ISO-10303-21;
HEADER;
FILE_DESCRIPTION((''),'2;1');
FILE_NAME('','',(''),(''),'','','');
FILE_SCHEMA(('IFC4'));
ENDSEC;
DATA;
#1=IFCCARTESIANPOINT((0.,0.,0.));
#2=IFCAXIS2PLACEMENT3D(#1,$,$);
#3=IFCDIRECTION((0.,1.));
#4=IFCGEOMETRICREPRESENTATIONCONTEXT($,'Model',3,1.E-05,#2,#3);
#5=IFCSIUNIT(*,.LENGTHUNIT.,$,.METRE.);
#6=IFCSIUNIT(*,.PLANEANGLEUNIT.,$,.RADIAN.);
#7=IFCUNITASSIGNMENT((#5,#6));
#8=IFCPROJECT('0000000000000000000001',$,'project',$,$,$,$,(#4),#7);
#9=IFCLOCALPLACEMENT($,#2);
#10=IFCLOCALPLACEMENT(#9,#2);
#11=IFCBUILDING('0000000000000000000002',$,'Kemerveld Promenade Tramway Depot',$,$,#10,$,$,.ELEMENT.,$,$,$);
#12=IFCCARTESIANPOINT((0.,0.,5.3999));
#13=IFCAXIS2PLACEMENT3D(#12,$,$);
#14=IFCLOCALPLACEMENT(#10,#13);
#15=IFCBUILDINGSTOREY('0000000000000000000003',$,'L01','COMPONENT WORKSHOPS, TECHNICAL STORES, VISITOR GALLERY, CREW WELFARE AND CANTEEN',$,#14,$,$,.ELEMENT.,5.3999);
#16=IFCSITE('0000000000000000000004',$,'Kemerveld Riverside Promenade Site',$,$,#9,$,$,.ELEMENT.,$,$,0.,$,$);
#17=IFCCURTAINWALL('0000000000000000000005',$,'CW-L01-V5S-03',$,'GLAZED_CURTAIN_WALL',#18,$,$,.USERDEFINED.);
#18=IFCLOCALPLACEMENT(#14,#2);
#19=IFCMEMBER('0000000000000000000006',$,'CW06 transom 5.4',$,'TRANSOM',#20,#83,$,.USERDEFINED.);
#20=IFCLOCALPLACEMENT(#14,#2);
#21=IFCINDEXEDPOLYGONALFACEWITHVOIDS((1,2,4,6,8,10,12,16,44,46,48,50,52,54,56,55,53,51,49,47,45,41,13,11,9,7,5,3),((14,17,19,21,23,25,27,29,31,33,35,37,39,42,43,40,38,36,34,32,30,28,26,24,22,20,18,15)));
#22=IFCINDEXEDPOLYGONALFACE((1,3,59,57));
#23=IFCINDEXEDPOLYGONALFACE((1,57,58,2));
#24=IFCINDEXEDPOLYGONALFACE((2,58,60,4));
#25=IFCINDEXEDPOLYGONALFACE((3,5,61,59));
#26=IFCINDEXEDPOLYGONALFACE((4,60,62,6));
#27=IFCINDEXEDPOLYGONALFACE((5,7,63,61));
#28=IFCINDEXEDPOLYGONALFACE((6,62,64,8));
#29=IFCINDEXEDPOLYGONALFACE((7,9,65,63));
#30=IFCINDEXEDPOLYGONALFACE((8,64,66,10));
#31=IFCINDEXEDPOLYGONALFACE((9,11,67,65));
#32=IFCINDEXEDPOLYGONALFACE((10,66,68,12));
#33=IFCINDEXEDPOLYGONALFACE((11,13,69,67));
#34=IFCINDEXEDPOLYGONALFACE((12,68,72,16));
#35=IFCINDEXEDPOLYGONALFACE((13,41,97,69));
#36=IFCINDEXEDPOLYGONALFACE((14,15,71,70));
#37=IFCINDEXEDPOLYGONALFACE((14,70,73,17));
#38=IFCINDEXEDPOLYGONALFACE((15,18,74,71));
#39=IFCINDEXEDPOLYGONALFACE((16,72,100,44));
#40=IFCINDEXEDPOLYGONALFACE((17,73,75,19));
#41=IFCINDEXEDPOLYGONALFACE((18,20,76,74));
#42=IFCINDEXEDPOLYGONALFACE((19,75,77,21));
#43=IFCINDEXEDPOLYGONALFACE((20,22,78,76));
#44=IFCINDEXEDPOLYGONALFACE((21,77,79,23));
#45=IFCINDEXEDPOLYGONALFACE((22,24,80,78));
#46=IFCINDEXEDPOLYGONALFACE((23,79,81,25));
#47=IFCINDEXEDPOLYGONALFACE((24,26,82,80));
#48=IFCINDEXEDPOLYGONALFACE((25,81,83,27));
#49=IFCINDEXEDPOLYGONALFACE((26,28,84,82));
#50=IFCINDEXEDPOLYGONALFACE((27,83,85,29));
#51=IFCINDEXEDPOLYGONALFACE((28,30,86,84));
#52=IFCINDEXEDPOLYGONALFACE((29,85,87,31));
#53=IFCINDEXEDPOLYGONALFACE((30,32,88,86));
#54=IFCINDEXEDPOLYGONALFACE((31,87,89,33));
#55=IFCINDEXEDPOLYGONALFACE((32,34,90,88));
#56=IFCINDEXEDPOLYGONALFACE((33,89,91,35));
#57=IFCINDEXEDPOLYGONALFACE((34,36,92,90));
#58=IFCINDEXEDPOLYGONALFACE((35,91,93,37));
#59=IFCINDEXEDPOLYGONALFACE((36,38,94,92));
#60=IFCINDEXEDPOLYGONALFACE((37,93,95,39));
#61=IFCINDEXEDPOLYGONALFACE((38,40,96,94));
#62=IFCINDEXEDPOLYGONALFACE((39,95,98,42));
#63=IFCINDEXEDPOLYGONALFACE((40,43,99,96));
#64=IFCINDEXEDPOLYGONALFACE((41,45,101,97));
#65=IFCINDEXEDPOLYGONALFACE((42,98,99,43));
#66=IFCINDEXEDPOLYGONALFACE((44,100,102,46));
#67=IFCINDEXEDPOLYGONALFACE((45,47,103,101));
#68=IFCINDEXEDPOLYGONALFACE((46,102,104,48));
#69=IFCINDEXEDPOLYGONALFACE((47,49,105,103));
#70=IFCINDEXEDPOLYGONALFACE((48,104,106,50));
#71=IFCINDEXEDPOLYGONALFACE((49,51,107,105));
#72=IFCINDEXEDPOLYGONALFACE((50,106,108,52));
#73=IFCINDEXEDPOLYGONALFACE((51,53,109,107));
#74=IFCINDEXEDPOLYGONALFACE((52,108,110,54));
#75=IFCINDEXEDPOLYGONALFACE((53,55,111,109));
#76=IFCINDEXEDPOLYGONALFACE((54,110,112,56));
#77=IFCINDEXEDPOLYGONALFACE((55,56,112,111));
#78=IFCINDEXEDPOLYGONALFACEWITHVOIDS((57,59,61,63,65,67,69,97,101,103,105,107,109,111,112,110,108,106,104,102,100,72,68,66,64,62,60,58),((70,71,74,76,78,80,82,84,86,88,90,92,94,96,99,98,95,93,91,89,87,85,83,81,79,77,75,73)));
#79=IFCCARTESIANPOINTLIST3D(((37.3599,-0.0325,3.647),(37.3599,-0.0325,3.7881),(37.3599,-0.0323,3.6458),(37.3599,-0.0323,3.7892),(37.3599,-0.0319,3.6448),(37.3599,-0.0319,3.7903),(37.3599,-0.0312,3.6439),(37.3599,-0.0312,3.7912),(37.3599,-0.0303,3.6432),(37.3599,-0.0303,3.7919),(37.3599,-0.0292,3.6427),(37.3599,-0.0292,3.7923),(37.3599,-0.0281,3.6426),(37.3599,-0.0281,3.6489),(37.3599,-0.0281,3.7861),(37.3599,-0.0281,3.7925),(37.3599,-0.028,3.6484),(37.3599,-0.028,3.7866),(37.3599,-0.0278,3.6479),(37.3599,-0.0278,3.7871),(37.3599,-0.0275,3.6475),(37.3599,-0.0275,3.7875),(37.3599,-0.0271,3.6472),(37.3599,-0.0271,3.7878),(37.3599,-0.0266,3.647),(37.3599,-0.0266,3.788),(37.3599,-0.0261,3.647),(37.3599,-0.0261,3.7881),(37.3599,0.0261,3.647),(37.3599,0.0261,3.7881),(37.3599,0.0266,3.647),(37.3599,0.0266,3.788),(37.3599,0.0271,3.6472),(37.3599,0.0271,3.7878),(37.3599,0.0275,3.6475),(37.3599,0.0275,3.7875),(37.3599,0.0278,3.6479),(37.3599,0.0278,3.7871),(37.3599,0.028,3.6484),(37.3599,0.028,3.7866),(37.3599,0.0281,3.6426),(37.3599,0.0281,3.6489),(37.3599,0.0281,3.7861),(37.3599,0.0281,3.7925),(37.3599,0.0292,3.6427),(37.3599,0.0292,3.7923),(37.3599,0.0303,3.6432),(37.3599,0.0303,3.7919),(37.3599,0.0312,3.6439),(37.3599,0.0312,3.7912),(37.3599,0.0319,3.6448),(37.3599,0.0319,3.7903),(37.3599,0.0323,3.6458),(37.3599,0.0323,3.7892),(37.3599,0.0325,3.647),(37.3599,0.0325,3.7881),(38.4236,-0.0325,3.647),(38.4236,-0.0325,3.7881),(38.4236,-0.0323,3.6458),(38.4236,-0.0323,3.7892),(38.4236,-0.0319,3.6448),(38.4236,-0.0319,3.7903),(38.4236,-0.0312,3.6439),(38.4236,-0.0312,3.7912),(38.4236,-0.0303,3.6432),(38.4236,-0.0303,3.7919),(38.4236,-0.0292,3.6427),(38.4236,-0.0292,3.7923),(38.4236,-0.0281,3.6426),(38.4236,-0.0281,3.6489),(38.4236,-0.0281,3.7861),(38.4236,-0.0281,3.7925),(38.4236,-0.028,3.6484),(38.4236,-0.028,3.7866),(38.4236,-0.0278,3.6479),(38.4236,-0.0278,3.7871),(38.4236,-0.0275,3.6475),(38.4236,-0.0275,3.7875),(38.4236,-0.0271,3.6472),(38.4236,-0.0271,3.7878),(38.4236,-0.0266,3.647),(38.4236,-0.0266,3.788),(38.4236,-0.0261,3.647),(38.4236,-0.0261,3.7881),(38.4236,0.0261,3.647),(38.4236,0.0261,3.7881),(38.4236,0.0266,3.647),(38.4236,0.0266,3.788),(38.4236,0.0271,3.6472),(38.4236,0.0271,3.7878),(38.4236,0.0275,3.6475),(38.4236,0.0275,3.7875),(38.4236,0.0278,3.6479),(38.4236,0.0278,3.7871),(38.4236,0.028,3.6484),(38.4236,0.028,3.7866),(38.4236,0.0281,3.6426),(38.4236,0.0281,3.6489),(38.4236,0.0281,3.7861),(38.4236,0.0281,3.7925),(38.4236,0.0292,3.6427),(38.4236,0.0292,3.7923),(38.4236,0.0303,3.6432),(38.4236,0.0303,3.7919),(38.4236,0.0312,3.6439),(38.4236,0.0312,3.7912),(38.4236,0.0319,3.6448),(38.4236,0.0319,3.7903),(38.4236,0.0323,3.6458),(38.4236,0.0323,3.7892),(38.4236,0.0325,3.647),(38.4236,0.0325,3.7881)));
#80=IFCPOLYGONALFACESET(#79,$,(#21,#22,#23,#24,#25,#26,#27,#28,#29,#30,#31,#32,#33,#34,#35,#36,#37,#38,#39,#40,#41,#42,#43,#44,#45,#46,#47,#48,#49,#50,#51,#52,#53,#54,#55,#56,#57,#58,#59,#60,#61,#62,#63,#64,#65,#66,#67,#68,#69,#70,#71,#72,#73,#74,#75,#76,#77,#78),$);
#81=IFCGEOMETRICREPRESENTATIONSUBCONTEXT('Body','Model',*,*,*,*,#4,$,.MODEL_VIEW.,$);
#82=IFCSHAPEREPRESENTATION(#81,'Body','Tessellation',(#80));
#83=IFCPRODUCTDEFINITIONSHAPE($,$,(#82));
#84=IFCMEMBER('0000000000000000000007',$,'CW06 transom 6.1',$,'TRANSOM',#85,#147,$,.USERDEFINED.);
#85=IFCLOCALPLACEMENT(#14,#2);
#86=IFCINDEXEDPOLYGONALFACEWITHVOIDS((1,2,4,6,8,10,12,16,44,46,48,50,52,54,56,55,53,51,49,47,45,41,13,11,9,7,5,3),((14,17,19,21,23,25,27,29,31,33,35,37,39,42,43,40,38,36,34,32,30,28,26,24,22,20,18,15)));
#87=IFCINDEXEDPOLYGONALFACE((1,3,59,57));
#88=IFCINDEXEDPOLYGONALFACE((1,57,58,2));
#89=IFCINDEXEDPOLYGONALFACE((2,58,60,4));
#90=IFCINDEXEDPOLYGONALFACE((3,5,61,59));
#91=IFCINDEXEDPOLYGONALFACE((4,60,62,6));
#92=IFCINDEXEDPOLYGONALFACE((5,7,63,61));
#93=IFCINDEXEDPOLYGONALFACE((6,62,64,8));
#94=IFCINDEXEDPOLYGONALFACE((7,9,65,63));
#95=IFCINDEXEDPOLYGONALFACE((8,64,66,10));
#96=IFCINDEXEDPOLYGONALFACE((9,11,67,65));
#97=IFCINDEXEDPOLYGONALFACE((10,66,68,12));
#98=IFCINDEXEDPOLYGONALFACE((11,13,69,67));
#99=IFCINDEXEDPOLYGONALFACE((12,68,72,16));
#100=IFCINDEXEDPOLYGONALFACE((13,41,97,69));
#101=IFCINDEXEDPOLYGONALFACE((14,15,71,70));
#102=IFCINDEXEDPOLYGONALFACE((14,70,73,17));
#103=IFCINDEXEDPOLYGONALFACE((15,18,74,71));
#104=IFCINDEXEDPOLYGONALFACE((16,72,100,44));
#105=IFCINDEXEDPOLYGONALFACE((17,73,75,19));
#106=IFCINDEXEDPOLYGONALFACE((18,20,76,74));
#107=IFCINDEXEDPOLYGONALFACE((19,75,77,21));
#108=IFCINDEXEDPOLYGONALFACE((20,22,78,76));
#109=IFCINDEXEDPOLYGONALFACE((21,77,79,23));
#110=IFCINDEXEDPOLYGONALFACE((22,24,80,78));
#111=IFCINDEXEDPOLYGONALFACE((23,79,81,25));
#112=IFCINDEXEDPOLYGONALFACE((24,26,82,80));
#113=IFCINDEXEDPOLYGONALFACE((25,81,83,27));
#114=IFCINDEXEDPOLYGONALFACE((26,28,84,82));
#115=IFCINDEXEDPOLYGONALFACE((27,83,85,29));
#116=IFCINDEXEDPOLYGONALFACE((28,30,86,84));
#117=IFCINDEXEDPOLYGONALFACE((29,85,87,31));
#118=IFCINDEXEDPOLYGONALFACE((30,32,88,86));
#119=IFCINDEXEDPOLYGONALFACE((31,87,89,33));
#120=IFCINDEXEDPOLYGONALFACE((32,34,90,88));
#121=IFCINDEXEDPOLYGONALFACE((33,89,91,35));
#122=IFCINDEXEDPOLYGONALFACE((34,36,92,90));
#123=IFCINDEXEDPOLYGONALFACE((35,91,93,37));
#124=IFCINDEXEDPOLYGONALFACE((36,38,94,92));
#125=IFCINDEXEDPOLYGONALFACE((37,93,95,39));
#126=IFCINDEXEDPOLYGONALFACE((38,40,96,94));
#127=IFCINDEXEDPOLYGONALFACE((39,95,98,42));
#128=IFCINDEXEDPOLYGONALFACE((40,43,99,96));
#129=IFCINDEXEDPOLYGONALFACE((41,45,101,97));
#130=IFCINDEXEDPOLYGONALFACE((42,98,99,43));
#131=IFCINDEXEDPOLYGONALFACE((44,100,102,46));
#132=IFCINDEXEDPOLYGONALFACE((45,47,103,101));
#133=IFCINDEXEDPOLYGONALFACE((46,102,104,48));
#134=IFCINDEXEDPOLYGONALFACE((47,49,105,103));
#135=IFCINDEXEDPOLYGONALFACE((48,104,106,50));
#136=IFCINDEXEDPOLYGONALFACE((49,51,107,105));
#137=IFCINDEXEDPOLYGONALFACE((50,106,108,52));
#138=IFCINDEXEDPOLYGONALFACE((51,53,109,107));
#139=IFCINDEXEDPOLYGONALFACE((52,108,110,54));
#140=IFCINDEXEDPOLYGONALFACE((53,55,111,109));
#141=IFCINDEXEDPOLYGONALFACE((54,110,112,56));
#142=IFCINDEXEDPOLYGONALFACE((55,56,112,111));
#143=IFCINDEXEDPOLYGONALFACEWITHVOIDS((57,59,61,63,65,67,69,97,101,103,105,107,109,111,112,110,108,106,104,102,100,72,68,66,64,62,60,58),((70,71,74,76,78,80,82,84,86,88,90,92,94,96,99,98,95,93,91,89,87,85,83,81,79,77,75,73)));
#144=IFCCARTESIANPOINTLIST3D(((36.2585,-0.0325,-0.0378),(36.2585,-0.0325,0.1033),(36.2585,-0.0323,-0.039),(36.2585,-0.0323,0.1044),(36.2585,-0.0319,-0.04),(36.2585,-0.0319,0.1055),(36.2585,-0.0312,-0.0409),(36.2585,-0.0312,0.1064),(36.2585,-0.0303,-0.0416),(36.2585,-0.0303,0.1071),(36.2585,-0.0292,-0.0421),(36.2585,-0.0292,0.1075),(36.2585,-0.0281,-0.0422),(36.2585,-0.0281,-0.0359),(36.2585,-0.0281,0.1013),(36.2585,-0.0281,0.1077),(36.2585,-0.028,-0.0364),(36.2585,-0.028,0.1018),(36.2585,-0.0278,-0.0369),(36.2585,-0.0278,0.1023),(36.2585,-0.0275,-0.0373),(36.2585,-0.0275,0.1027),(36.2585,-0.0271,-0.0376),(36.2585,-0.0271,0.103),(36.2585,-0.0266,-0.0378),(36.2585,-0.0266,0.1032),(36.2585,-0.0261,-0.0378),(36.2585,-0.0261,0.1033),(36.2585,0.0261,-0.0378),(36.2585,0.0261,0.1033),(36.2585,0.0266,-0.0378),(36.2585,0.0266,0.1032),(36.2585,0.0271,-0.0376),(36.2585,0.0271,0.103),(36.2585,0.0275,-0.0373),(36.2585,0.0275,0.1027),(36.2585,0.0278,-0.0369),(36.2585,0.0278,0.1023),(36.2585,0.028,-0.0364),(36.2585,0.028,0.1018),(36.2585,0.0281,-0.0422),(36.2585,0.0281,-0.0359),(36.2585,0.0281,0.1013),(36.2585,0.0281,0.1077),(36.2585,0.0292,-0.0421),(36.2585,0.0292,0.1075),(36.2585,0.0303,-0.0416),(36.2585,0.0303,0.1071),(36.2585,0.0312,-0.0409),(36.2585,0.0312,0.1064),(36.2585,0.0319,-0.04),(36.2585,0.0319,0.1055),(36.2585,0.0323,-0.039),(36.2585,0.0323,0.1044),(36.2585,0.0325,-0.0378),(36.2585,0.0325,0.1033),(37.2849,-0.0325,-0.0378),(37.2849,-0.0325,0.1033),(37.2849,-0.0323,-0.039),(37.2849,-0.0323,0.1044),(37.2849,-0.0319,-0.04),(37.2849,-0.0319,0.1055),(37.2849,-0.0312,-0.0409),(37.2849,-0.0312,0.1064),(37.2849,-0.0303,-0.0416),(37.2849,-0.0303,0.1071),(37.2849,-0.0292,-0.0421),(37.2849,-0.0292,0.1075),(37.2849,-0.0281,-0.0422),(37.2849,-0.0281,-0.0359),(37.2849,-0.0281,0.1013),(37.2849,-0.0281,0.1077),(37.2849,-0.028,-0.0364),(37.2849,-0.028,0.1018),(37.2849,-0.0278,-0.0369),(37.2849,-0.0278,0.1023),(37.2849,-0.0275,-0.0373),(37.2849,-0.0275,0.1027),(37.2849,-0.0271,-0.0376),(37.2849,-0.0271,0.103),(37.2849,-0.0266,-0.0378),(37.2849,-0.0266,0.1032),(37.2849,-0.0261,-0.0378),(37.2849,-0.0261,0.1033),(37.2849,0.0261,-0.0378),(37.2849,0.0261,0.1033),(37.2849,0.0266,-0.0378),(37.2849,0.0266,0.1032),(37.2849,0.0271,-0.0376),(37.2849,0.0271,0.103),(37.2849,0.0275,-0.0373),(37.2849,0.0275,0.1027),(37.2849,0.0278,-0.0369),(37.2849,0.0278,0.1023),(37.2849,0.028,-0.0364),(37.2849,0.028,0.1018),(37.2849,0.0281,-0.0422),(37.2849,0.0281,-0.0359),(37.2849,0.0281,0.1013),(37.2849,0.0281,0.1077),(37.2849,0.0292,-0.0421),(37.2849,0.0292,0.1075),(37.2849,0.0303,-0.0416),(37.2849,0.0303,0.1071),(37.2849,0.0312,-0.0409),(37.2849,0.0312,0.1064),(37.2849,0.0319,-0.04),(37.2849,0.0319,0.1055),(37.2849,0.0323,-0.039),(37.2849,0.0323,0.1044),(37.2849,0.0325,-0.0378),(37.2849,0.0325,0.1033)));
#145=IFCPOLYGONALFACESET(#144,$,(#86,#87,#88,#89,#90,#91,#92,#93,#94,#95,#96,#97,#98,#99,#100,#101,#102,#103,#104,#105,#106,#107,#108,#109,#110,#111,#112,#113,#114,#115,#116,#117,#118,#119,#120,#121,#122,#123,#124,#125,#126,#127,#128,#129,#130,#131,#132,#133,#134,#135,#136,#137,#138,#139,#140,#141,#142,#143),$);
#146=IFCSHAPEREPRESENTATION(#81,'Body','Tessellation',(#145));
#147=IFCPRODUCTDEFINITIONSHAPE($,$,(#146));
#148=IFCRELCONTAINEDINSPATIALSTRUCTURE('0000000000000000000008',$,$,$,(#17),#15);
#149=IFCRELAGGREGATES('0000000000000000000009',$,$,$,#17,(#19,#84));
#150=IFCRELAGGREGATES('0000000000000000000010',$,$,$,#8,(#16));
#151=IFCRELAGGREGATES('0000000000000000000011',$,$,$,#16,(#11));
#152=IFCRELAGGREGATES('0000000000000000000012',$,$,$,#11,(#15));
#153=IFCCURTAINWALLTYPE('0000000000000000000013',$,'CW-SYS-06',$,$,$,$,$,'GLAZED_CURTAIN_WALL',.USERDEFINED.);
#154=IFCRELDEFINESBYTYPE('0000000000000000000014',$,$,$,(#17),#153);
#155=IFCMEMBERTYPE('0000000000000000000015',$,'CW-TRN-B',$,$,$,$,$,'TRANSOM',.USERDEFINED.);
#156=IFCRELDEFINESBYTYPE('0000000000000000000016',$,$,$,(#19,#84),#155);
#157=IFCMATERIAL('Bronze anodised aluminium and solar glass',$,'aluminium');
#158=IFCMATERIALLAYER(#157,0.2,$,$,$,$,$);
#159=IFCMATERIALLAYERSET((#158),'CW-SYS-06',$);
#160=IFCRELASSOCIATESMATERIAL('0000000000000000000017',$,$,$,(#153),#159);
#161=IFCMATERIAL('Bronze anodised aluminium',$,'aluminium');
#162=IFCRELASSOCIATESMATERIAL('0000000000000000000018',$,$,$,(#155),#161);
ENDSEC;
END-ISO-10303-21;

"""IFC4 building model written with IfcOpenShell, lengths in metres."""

from ifc_helpers import new_model, si_unit, direction, frame, origin, origin_2d, place, context, subcontext, project, spatial, hollow_rectangle, extrude, material, layer, layer_set, material_profile, profile_set, type_object, element, aggregate, save


model = new_model("IFC4")

# Units and contexts
model_context = context("Model", 3, precision=1e-05, world=origin(), true_north=direction((0.0, 1.0)))
body_context = subcontext(model_context, "Body", "Model", "MODEL_VIEW")
ifc_project = project(units=[si_unit("LENGTHUNIT", "METRE"), si_unit("PLANEANGLEUNIT", "RADIAN")], contexts=[model_context])

# Site, building, storey
site_placement = place(None, origin())
site = spatial("IfcSite", under=ifc_project, at=site_placement, Name="Kemerveld Riverside Promenade Site", CompositionType="ELEMENT", RefElevation=0.0)
building_placement = place(site_placement, origin())
building = spatial("IfcBuilding", under=site, at=building_placement, Name="Kemerveld Promenade Tramway Depot", CompositionType="ELEMENT")
storey_placement = place(building_placement, frame((0.0, 0.0, 5.3999)))
storey = spatial("IfcBuildingStorey", under=building, at=storey_placement, Name="L01", Description="COMPONENT WORKSHOPS, TECHNICAL STORES, VISITOR GALLERY, CREW WELFARE AND CANTEEN", CompositionType="ELEMENT", Elevation=5.3999)

# Curtain wall, members
ifc_material_1 = material(Name="Bronze anodised aluminium and solar glass", Category="aluminium")
ifc_layer_1 = layer(ifc_material_1, 0.2)
ifc_layer_set_1 = layer_set([ifc_layer_1], Name="CW-SYS-06")
curtain_wall_type = type_object("IfcCurtainWallType", Name="CW-SYS-06", ElementType="GLAZED_CURTAIN_WALL", PredefinedType="USERDEFINED", material=ifc_layer_set_1)
curtain_wall_placement = place(storey_placement, origin())
curtain_wall = element("IfcCurtainWall", 1, at=curtain_wall_placement, inside=storey, type_object=curtain_wall_type, Name="CW-L01-V5S-03", ObjectType="GLAZED_CURTAIN_WALL", PredefinedType="USERDEFINED")
ifc_material_2 = material(Name="Bronze anodised aluminium", Category="aluminium")
ifc_material_profile_1 = material_profile(ifc_material_2, hollow_rectangle(XDim=0.0649, YDim=0.1499, WallThickness=0.0044, InnerFilletRadius=0.002, OuterFilletRadius=0.0044, at=origin_2d()), Name="CW-TRN-150x65")
ifc_profile_set_1 = profile_set([ifc_material_profile_1], Name="Bronze anodised aluminium")
member_type_1 = type_object("IfcMemberType", Name="CW-TRN-B", ElementType="TRANSOM", PredefinedType="USERDEFINED", material=ifc_profile_set_1)
member_1_placement = place(storey_placement, frame((38.4236, 0.0, 3.7175), z_axis=(-1.0, 0.0, 0.0), x_axis=(0.0, -1.0, 0.0)))
member_1 = element("IfcMember", 2, at=member_1_placement, type_object=member_type_1, Name="CW06 transom 5.4", ObjectType="TRANSOM", PredefinedType="USERDEFINED", context=body_context, shape_type="SweptSolid", body=[
    extrude(hollow_rectangle(XDim=0.0649, YDim=0.1499, WallThickness=0.0044, InnerFilletRadius=0.002, OuterFilletRadius=0.0044, at=origin_2d()), origin(), (0.0, 0.0, 1.0), 1.0637),
])
member_2_placement = place(storey_placement, frame((37.2849, 0.0, 0.0327), z_axis=(-1.0, 0.0, 0.0), x_axis=(0.0, -1.0, 0.0)))
member_2 = element("IfcMember", 3, at=member_2_placement, type_object=member_type_1, Name="CW06 transom 6.1", ObjectType="TRANSOM", PredefinedType="USERDEFINED", context=body_context, shape_type="SweptSolid", body=[
    extrude(hollow_rectangle(XDim=0.0649, YDim=0.1499, WallThickness=0.0044, InnerFilletRadius=0.002, OuterFilletRadius=0.0044, at=origin_2d()), origin(), (0.0, 0.0, 1.0), 1.0264),
])
aggregate(curtain_wall, [member_1, member_2])

save(model, "model.ifc")
